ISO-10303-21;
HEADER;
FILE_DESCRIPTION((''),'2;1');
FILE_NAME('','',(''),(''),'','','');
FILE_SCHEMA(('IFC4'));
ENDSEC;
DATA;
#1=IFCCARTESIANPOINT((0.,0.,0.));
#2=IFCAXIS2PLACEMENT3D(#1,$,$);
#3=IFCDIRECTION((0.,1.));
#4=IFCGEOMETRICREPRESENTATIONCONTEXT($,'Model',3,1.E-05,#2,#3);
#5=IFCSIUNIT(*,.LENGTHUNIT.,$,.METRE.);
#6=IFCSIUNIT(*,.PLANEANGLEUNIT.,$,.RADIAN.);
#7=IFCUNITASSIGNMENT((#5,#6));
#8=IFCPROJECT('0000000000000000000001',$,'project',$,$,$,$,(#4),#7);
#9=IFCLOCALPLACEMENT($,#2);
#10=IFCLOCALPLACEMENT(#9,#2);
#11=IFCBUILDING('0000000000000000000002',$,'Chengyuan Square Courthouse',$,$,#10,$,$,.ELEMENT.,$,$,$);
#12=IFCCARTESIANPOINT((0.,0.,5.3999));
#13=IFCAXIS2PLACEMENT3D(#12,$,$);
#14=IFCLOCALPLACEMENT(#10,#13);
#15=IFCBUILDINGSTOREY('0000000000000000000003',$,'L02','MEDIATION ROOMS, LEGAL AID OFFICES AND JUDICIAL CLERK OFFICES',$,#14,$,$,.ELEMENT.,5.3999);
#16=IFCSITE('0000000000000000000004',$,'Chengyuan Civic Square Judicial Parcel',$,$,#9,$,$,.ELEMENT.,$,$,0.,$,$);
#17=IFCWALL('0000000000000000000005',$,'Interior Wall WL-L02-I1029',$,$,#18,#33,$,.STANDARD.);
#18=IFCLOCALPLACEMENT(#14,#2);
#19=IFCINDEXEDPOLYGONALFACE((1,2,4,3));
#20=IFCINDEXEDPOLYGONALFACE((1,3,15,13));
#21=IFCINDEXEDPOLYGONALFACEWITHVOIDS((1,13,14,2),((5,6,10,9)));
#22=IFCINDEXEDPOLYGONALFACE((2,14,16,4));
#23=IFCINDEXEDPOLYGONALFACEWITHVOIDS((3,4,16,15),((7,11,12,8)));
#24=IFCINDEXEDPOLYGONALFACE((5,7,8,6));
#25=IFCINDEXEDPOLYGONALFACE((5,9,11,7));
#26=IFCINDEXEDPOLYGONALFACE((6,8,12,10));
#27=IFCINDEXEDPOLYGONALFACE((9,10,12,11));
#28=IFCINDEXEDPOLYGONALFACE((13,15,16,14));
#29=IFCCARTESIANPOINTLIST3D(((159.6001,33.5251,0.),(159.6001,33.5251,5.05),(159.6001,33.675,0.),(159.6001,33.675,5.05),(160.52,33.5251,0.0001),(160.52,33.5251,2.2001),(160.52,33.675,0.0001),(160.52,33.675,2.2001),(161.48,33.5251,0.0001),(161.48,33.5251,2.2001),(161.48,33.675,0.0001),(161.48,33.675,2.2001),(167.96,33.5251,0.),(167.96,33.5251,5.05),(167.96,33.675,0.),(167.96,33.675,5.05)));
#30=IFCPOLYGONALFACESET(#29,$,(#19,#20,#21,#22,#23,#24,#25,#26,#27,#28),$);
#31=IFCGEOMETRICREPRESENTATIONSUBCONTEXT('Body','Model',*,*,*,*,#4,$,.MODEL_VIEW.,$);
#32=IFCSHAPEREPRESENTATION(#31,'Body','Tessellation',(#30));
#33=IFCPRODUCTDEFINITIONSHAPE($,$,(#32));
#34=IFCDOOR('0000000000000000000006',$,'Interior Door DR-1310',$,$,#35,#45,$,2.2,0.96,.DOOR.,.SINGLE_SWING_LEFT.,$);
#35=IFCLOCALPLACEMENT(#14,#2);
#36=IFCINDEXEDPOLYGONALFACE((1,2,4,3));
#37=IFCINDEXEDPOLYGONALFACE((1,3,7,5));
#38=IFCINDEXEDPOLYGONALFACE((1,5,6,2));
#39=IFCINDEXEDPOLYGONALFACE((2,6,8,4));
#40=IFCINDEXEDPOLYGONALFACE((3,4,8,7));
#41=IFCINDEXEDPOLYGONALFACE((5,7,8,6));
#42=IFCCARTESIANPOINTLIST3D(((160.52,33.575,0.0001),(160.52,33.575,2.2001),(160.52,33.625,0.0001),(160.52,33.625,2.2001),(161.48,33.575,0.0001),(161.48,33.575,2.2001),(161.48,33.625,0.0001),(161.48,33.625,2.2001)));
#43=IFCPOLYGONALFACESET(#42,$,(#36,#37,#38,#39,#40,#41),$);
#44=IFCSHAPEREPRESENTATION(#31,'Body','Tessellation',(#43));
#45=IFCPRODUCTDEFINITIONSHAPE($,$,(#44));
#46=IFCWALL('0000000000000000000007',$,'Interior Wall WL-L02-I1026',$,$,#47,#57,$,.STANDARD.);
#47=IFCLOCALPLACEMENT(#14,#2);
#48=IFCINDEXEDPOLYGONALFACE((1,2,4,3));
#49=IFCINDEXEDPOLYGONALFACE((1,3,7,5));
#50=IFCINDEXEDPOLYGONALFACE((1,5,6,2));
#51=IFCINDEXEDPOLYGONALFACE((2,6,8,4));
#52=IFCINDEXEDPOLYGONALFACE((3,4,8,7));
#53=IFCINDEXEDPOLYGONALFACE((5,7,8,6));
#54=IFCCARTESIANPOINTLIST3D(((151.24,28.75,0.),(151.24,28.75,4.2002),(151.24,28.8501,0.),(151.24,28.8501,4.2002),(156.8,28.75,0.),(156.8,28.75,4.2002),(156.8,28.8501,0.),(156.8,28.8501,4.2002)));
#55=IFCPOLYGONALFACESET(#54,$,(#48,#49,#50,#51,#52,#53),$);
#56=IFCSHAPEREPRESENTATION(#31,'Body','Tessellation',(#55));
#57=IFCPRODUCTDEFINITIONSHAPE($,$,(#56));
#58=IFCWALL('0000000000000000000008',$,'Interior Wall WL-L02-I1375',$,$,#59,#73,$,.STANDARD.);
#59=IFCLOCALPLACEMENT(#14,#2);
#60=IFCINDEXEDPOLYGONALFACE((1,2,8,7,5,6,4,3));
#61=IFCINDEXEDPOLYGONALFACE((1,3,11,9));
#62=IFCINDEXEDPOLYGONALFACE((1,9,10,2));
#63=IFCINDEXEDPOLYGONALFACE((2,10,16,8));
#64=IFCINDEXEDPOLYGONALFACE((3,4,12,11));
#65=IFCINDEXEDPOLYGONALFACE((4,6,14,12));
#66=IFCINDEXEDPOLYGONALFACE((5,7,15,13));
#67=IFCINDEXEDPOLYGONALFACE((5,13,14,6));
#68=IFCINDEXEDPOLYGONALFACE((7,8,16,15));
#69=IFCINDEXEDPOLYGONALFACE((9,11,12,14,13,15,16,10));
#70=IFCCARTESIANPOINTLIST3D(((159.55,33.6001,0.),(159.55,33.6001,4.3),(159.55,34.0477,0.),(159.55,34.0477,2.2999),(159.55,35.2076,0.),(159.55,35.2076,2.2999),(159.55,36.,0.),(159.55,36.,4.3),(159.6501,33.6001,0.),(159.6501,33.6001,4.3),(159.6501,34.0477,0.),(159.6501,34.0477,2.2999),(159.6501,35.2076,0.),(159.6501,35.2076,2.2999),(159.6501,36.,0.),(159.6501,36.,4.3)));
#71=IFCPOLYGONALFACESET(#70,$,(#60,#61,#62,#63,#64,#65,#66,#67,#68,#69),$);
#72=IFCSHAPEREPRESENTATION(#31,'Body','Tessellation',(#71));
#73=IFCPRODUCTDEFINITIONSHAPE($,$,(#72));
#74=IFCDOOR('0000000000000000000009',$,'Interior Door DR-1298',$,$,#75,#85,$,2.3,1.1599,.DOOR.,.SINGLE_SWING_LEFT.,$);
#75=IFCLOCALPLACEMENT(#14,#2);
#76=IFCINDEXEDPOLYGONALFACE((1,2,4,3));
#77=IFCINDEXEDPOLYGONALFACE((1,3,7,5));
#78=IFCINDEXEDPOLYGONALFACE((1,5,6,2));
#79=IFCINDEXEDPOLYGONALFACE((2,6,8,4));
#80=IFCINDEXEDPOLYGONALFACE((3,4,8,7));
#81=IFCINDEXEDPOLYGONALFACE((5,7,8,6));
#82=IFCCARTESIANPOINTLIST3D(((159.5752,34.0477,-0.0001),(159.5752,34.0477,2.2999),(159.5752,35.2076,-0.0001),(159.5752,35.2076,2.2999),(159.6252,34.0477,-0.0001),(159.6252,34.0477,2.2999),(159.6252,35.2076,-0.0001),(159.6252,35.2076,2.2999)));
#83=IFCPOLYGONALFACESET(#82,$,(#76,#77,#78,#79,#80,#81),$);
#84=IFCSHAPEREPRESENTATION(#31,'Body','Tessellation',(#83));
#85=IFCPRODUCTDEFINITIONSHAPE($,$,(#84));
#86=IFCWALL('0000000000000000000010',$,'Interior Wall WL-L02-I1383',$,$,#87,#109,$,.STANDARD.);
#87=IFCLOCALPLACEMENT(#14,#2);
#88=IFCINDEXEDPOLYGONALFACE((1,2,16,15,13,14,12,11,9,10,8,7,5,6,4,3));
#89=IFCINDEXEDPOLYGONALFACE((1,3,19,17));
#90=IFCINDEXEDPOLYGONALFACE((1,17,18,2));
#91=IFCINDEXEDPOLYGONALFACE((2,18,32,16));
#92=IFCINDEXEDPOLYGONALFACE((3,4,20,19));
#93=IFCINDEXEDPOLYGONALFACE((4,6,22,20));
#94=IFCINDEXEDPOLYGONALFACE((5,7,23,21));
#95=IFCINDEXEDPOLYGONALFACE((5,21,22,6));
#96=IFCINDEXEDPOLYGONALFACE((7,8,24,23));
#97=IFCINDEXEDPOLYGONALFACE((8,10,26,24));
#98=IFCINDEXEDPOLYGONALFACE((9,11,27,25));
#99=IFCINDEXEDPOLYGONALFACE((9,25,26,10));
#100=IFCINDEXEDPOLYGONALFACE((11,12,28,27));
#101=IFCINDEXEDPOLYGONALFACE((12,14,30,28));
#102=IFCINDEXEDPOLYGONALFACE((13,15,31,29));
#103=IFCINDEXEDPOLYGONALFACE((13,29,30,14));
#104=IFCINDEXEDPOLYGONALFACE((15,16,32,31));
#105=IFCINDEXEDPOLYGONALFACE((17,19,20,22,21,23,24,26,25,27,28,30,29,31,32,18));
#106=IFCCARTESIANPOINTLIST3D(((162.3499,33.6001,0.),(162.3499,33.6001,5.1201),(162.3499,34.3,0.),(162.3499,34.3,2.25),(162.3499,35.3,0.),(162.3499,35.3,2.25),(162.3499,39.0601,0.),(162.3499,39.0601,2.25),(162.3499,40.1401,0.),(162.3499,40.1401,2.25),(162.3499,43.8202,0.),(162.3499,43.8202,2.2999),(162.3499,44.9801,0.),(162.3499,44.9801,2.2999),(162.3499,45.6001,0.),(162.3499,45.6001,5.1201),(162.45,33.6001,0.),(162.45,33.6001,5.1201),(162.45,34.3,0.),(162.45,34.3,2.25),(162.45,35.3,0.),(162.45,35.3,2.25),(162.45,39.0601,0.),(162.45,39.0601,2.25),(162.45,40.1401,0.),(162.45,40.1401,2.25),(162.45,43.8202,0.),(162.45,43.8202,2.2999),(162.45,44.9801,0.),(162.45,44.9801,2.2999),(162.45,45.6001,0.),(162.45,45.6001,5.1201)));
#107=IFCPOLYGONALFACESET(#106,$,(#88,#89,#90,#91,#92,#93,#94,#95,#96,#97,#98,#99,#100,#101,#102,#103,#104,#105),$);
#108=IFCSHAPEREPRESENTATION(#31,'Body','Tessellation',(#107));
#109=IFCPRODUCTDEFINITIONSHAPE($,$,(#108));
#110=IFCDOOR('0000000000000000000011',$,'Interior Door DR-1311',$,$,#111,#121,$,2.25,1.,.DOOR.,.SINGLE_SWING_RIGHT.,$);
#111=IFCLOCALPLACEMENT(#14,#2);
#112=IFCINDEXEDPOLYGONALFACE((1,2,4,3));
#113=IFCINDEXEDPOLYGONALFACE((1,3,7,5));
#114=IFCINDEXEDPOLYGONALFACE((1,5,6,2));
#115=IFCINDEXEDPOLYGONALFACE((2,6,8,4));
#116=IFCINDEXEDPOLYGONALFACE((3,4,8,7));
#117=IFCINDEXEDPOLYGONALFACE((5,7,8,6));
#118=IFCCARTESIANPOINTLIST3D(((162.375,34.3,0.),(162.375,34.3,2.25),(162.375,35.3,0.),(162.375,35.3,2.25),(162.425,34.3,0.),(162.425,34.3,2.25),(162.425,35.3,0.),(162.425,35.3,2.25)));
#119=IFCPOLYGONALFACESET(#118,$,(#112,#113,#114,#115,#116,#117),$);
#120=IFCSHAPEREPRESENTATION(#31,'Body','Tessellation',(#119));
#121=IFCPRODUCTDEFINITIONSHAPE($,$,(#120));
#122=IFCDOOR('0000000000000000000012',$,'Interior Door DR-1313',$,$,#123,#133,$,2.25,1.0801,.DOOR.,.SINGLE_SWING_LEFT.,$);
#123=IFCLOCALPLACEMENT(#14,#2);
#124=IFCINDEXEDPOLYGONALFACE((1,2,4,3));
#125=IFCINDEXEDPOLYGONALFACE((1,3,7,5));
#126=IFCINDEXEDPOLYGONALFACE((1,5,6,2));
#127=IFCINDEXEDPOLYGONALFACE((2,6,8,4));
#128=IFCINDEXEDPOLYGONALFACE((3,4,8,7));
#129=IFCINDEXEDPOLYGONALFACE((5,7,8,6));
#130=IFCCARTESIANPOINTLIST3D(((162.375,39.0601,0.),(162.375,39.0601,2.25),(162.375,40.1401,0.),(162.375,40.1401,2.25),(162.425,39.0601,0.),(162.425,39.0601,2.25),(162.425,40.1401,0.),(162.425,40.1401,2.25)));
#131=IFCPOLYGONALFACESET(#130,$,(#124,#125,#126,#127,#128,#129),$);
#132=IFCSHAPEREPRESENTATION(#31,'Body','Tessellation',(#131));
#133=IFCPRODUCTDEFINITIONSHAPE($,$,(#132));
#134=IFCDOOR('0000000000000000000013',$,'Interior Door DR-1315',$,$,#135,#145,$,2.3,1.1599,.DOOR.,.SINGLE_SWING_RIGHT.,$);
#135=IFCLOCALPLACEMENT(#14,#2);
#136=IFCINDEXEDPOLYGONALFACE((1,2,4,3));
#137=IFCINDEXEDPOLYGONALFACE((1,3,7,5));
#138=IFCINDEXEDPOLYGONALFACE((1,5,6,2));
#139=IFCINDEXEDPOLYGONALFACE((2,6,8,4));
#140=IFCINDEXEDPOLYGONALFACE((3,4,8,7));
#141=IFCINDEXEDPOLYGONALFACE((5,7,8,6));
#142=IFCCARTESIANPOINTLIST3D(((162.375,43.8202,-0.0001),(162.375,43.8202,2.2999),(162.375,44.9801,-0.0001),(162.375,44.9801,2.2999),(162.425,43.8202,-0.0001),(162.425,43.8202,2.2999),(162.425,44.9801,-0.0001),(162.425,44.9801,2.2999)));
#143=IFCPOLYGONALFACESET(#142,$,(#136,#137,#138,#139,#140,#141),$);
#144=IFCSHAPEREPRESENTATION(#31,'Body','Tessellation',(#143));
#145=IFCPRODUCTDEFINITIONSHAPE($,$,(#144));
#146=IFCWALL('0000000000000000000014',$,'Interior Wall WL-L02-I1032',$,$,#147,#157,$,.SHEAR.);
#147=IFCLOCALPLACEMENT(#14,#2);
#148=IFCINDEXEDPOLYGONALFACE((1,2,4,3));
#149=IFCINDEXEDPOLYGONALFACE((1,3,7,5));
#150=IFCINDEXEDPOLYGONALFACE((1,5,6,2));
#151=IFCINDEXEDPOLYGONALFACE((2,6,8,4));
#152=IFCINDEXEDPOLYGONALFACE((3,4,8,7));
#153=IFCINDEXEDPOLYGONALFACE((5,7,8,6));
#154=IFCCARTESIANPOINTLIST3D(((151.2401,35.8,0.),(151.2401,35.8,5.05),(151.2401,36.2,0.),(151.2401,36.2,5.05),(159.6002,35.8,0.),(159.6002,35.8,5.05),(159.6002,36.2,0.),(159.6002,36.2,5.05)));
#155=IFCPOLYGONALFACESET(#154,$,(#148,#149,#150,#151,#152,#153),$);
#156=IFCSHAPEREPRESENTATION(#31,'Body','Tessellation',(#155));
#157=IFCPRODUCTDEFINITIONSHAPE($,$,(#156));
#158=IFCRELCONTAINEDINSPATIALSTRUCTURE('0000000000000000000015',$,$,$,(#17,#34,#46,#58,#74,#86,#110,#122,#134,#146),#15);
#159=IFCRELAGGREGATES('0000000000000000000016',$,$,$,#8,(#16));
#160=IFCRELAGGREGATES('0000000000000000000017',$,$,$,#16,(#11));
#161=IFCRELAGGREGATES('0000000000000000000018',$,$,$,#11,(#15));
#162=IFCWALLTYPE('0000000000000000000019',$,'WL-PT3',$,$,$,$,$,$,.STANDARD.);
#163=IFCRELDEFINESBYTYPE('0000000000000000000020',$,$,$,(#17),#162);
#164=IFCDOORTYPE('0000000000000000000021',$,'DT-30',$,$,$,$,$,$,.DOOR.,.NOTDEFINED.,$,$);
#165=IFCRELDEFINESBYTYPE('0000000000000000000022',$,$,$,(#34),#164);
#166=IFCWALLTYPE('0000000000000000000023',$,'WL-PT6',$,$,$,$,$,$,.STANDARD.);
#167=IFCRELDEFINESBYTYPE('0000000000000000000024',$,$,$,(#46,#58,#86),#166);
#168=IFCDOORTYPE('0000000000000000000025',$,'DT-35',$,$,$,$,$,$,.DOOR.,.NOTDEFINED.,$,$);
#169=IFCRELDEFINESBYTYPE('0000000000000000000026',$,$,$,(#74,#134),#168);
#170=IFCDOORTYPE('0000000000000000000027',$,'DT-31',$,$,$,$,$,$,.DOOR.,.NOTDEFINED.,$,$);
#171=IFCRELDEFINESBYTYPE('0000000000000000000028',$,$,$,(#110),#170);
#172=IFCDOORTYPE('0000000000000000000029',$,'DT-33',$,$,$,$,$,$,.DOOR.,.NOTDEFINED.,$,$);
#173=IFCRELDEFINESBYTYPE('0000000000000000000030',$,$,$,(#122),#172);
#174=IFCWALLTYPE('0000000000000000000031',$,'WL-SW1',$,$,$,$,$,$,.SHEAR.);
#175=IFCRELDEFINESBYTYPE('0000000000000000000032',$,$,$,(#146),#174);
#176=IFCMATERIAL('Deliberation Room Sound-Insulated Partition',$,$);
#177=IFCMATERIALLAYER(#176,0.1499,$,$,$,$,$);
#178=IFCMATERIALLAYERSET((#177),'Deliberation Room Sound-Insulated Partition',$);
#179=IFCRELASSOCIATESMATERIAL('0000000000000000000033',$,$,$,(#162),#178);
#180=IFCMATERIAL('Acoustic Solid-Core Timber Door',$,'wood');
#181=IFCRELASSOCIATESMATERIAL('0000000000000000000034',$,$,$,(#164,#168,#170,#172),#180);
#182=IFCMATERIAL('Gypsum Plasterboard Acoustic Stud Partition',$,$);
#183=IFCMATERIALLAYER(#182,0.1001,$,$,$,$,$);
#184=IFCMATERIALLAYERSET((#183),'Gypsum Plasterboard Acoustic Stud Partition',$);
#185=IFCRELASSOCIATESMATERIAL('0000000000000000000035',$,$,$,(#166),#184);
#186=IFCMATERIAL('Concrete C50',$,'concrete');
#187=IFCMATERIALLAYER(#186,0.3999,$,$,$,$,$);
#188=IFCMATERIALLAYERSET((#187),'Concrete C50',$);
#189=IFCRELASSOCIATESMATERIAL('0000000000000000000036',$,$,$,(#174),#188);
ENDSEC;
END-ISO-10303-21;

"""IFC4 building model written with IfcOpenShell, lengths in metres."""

from ifc_helpers import new_model, si_unit, direction, frame, frame_2d, origin, place, context, subcontext, project, spatial, rectangle, extrude, material, layer, layer_set, type_object, element, fill, save


model = new_model("IFC4")

# Units and contexts
model_context = context("Model", 3, precision=1e-05, world=origin(), true_north=direction((0.0, 1.0)))
body_context = subcontext(model_context, "Body", "Model", "MODEL_VIEW")
ifc_project = project(units=[si_unit("LENGTHUNIT", "METRE"), si_unit("PLANEANGLEUNIT", "RADIAN")], contexts=[model_context])

# Site, building, storey
site_placement = place(None, origin())
site = spatial("IfcSite", under=ifc_project, at=site_placement, Name="Chengyuan Civic Square Judicial Parcel", CompositionType="ELEMENT", RefElevation=0.0)
building_placement = place(site_placement, origin())
building = spatial("IfcBuilding", under=site, at=building_placement, Name="Chengyuan Square Courthouse", CompositionType="ELEMENT")
storey_placement = place(building_placement, frame((0.0, 0.0, 5.3999)))
storey = spatial("IfcBuildingStorey", under=building, at=storey_placement, Name="L02", Description="MEDIATION ROOMS, LEGAL AID OFFICES AND JUDICIAL CLERK OFFICES", CompositionType="ELEMENT", Elevation=5.3999)

# Shared definitions
ifc_material_1 = material(Name="Concrete C50", Category="concrete")

# Shared definitions
ifc_material_2 = material(Name="Deliberation Room Sound-Insulated Partition")
ifc_layer_1 = layer(ifc_material_2, 0.1499)
ifc_layer_set_1 = layer_set([ifc_layer_1], Name="Deliberation Room Sound-Insulated Partition")
wall_type_1 = type_object("IfcWallType", Name="WL-PT3", PredefinedType="STANDARD", material=ifc_layer_set_1)

# Wall, opening, door
wall_1_placement = place(storey_placement, frame((159.6001, 33.6001, 0.0), z_axis=(0.0, 0.0, 1.0), x_axis=(1.0, 0.0, 0.0)))
wall_1 = element("IfcWall", 1, at=wall_1_placement, inside=storey, type_object=wall_type_1, Name="Interior Wall WL-L02-I1029", PredefinedType="STANDARD", context=body_context, shape_type="SweptSolid", body=[
    extrude(rectangle(XDim=8.3599, YDim=0.1499, at=frame_2d((4.1799, 0.0))), origin(), (0.0, 0.0, 1.0), 5.05),
])
opening_1_placement = place(wall_1_placement, frame((0.9199, 0.0, 0.0)))
opening_1 = element("IfcOpeningElement", 2, at=opening_1_placement, cuts=wall_1, PredefinedType="OPENING", context=body_context, shape_type="SweptSolid", body=[
    extrude(rectangle(XDim=0.96, YDim=2.2, at=frame_2d((0.48, 1.1001))), frame((0.0, 0.0869, 0.0), z_axis=(0.0, -1.0, 0.0), x_axis=(1.0, 0.0, 0.0)), (0.0, 0.0, 1.0), 0.1738),
])
ifc_material_3 = material(Name="Acoustic Solid-Core Timber Door", Category="wood")
door_type_1 = type_object("IfcDoorType", Name="DT-30", OperationType="NOTDEFINED", PredefinedType="DOOR", material=ifc_material_3)
door_1_placement = place(opening_1_placement, origin())
door_1 = element("IfcDoor", 3, at=door_1_placement, inside=storey, type_object=door_type_1, Name="Interior Door DR-1310", OperationType="SINGLE_SWING_LEFT", OverallHeight=2.2, OverallWidth=0.96, PredefinedType="DOOR", context=body_context, shape_type="SweptSolid", body=[
    extrude(rectangle(XDim=0.96, YDim=2.2, at=frame_2d((0.48, 1.1001))), frame((0.0, 0.0249, 0.0), z_axis=(0.0, -1.0, 0.0), x_axis=(1.0, 0.0, 0.0)), (0.0, 0.0, 1.0), 0.05),
])
fill(opening_1, door_1)

# Wall
ifc_material_4 = material(Name="Gypsum Plasterboard Acoustic Stud Partition")
ifc_layer_2 = layer(ifc_material_4, 0.1001)
ifc_layer_set_2 = layer_set([ifc_layer_2], Name="Gypsum Plasterboard Acoustic Stud Partition")
wall_type_2 = type_object("IfcWallType", Name="WL-PT6", PredefinedType="STANDARD", material=ifc_layer_set_2)
wall_2_placement = place(storey_placement, frame((151.24, 28.8, 0.0), z_axis=(0.0, 0.0, 1.0), x_axis=(1.0, 0.0, 0.0)))
element("IfcWall", 4, at=wall_2_placement, inside=storey, type_object=wall_type_2, Name="Interior Wall WL-L02-I1026", PredefinedType="STANDARD", context=body_context, shape_type="SweptSolid", body=[
    extrude(rectangle(XDim=5.5601, YDim=0.1001, at=frame_2d((2.78, 0.0))), origin(), (0.0, 0.0, 1.0), 4.2002),
])

# Wall, opening, door
wall_3_placement = place(storey_placement, frame((159.6001, 33.6001, 0.0), z_axis=(0.0, 0.0, 1.0), x_axis=(0.0, 1.0, 0.0)))
wall_3 = element("IfcWall", 5, at=wall_3_placement, inside=storey, type_object=wall_type_2, Name="Interior Wall WL-L02-I1375", PredefinedType="STANDARD", context=body_context, shape_type="SweptSolid", body=[
    extrude(rectangle(XDim=2.3999, YDim=0.1001, at=frame_2d((1.2, 0.0))), origin(), (0.0, 0.0, 1.0), 4.3),
])
opening_2_placement = place(wall_3_placement, frame((0.4475, 0.0, 0.0)))
opening_2 = element("IfcOpeningElement", 6, at=opening_2_placement, cuts=wall_3, PredefinedType="OPENING", context=body_context, shape_type="SweptSolid", body=[
    extrude(rectangle(XDim=1.1599, YDim=2.3, at=frame_2d((0.5801, 1.1499))), frame((0.0, 0.062, 0.0), z_axis=(0.0, -1.0, 0.0), x_axis=(1.0, 0.0, 0.0)), (0.0, 0.0, 1.0), 0.124),
])
door_type_2 = type_object("IfcDoorType", Name="DT-35", OperationType="NOTDEFINED", PredefinedType="DOOR", material=ifc_material_3)
door_2_placement = place(opening_2_placement, origin())
door_2 = element("IfcDoor", 7, at=door_2_placement, inside=storey, type_object=door_type_2, Name="Interior Door DR-1298", OperationType="SINGLE_SWING_LEFT", OverallHeight=2.3, OverallWidth=1.1599, PredefinedType="DOOR", context=body_context, shape_type="SweptSolid", body=[
    extrude(rectangle(XDim=1.1599, YDim=2.3, at=frame_2d((0.5801, 1.1499))), frame((0.0, 0.0249, 0.0), z_axis=(0.0, -1.0, 0.0), x_axis=(1.0, 0.0, 0.0)), (0.0, 0.0, 1.0), 0.05),
])
fill(opening_2, door_2)

# Wall, openings, doors
wall_4_placement = place(storey_placement, frame((162.3999, 33.6001, 0.0), z_axis=(0.0, 0.0, 1.0), x_axis=(0.0, 1.0, 0.0)))
wall_4 = element("IfcWall", 8, at=wall_4_placement, inside=storey, type_object=wall_type_2, Name="Interior Wall WL-L02-I1383", PredefinedType="STANDARD", context=body_context, shape_type="SweptSolid", body=[
    extrude(rectangle(XDim=12.0, YDim=0.1001, at=frame_2d((6.0, 0.0))), origin(), (0.0, 0.0, 1.0), 5.1201),
])
opening_3_placement = place(wall_4_placement, frame((0.7, 0.0, 0.0)))
opening_3 = element("IfcOpeningElement", 9, at=opening_3_placement, cuts=wall_4, PredefinedType="OPENING", context=body_context, shape_type="SweptSolid", body=[
    extrude(rectangle(XDim=1.0, YDim=2.25, at=frame_2d((0.5, 1.125))), frame((0.0, 0.062, 0.0), z_axis=(0.0, -1.0, 0.0), x_axis=(1.0, 0.0, 0.0)), (0.0, 0.0, 1.0), 0.124),
])
opening_4_placement = place(wall_4_placement, frame((5.46, 0.0, 0.0)))
opening_4 = element("IfcOpeningElement", 10, at=opening_4_placement, cuts=wall_4, PredefinedType="OPENING", context=body_context, shape_type="SweptSolid", body=[
    extrude(rectangle(XDim=1.0801, YDim=2.25, at=frame_2d((0.54, 1.125))), frame((0.0, 0.062, 0.0), z_axis=(0.0, -1.0, 0.0), x_axis=(1.0, 0.0, 0.0)), (0.0, 0.0, 1.0), 0.124),
])
opening_5_placement = place(wall_4_placement, frame((10.22, 0.0, 0.0)))
opening_5 = element("IfcOpeningElement", 11, at=opening_5_placement, cuts=wall_4, PredefinedType="OPENING", context=body_context, shape_type="SweptSolid", body=[
    extrude(rectangle(XDim=1.1599, YDim=2.3, at=frame_2d((0.5801, 1.1499))), frame((0.0, 0.062, 0.0), z_axis=(0.0, -1.0, 0.0), x_axis=(1.0, 0.0, 0.0)), (0.0, 0.0, 1.0), 0.124),
])
door_type_3 = type_object("IfcDoorType", Name="DT-31", OperationType="NOTDEFINED", PredefinedType="DOOR", material=ifc_material_3)
door_3_placement = place(opening_3_placement, origin())
door_3 = element("IfcDoor", 12, at=door_3_placement, inside=storey, type_object=door_type_3, Name="Interior Door DR-1311", OperationType="SINGLE_SWING_RIGHT", OverallHeight=2.25, OverallWidth=1.0, PredefinedType="DOOR", context=body_context, shape_type="SweptSolid", body=[
    extrude(rectangle(XDim=1.0, YDim=2.25, at=frame_2d((0.5, 1.125))), frame((0.0, 0.0249, 0.0), z_axis=(0.0, -1.0, 0.0), x_axis=(1.0, 0.0, 0.0)), (0.0, 0.0, 1.0), 0.05),
])
fill(opening_3, door_3)
door_type_4 = type_object("IfcDoorType", Name="DT-33", OperationType="NOTDEFINED", PredefinedType="DOOR", material=ifc_material_3)
door_4_placement = place(opening_4_placement, origin())
door_4 = element("IfcDoor", 13, at=door_4_placement, inside=storey, type_object=door_type_4, Name="Interior Door DR-1313", OperationType="SINGLE_SWING_LEFT", OverallHeight=2.25, OverallWidth=1.0801, PredefinedType="DOOR", context=body_context, shape_type="SweptSolid", body=[
    extrude(rectangle(XDim=1.0801, YDim=2.25, at=frame_2d((0.54, 1.125))), frame((0.0, 0.0249, 0.0), z_axis=(0.0, -1.0, 0.0), x_axis=(1.0, 0.0, 0.0)), (0.0, 0.0, 1.0), 0.05),
])
fill(opening_4, door_4)
door_5_placement = place(opening_5_placement, origin())
door_5 = element("IfcDoor", 14, at=door_5_placement, inside=storey, type_object=door_type_2, Name="Interior Door DR-1315", OperationType="SINGLE_SWING_RIGHT", OverallHeight=2.3, OverallWidth=1.1599, PredefinedType="DOOR", context=body_context, shape_type="SweptSolid", body=[
    extrude(rectangle(XDim=1.1599, YDim=2.3, at=frame_2d((0.5801, 1.1499))), frame((0.0, 0.0249, 0.0), z_axis=(0.0, -1.0, 0.0), x_axis=(1.0, 0.0, 0.0)), (0.0, 0.0, 1.0), 0.05),
])
fill(opening_5, door_5)

# Wall
ifc_layer_3 = layer(ifc_material_1, 0.3999)
ifc_layer_set_3 = layer_set([ifc_layer_3], Name="Concrete C50")
wall_type_3 = type_object("IfcWallType", Name="WL-SW1", PredefinedType="SHEAR", material=ifc_layer_set_3)
wall_5_placement = place(storey_placement, frame((151.24, 36.0, 0.0), z_axis=(0.0, 0.0, 1.0), x_axis=(1.0, 0.0, 0.0)))
element("IfcWall", 15, at=wall_5_placement, inside=storey, type_object=wall_type_3, Name="Interior Wall WL-L02-I1032", PredefinedType="SHEAR", context=body_context, shape_type="SweptSolid", body=[
    extrude(rectangle(XDim=8.3601, YDim=0.3999, at=frame_2d((4.1802, 0.0))), origin(), (0.0, 0.0, 1.0), 5.05),
])

save(model, "model.ifc")
